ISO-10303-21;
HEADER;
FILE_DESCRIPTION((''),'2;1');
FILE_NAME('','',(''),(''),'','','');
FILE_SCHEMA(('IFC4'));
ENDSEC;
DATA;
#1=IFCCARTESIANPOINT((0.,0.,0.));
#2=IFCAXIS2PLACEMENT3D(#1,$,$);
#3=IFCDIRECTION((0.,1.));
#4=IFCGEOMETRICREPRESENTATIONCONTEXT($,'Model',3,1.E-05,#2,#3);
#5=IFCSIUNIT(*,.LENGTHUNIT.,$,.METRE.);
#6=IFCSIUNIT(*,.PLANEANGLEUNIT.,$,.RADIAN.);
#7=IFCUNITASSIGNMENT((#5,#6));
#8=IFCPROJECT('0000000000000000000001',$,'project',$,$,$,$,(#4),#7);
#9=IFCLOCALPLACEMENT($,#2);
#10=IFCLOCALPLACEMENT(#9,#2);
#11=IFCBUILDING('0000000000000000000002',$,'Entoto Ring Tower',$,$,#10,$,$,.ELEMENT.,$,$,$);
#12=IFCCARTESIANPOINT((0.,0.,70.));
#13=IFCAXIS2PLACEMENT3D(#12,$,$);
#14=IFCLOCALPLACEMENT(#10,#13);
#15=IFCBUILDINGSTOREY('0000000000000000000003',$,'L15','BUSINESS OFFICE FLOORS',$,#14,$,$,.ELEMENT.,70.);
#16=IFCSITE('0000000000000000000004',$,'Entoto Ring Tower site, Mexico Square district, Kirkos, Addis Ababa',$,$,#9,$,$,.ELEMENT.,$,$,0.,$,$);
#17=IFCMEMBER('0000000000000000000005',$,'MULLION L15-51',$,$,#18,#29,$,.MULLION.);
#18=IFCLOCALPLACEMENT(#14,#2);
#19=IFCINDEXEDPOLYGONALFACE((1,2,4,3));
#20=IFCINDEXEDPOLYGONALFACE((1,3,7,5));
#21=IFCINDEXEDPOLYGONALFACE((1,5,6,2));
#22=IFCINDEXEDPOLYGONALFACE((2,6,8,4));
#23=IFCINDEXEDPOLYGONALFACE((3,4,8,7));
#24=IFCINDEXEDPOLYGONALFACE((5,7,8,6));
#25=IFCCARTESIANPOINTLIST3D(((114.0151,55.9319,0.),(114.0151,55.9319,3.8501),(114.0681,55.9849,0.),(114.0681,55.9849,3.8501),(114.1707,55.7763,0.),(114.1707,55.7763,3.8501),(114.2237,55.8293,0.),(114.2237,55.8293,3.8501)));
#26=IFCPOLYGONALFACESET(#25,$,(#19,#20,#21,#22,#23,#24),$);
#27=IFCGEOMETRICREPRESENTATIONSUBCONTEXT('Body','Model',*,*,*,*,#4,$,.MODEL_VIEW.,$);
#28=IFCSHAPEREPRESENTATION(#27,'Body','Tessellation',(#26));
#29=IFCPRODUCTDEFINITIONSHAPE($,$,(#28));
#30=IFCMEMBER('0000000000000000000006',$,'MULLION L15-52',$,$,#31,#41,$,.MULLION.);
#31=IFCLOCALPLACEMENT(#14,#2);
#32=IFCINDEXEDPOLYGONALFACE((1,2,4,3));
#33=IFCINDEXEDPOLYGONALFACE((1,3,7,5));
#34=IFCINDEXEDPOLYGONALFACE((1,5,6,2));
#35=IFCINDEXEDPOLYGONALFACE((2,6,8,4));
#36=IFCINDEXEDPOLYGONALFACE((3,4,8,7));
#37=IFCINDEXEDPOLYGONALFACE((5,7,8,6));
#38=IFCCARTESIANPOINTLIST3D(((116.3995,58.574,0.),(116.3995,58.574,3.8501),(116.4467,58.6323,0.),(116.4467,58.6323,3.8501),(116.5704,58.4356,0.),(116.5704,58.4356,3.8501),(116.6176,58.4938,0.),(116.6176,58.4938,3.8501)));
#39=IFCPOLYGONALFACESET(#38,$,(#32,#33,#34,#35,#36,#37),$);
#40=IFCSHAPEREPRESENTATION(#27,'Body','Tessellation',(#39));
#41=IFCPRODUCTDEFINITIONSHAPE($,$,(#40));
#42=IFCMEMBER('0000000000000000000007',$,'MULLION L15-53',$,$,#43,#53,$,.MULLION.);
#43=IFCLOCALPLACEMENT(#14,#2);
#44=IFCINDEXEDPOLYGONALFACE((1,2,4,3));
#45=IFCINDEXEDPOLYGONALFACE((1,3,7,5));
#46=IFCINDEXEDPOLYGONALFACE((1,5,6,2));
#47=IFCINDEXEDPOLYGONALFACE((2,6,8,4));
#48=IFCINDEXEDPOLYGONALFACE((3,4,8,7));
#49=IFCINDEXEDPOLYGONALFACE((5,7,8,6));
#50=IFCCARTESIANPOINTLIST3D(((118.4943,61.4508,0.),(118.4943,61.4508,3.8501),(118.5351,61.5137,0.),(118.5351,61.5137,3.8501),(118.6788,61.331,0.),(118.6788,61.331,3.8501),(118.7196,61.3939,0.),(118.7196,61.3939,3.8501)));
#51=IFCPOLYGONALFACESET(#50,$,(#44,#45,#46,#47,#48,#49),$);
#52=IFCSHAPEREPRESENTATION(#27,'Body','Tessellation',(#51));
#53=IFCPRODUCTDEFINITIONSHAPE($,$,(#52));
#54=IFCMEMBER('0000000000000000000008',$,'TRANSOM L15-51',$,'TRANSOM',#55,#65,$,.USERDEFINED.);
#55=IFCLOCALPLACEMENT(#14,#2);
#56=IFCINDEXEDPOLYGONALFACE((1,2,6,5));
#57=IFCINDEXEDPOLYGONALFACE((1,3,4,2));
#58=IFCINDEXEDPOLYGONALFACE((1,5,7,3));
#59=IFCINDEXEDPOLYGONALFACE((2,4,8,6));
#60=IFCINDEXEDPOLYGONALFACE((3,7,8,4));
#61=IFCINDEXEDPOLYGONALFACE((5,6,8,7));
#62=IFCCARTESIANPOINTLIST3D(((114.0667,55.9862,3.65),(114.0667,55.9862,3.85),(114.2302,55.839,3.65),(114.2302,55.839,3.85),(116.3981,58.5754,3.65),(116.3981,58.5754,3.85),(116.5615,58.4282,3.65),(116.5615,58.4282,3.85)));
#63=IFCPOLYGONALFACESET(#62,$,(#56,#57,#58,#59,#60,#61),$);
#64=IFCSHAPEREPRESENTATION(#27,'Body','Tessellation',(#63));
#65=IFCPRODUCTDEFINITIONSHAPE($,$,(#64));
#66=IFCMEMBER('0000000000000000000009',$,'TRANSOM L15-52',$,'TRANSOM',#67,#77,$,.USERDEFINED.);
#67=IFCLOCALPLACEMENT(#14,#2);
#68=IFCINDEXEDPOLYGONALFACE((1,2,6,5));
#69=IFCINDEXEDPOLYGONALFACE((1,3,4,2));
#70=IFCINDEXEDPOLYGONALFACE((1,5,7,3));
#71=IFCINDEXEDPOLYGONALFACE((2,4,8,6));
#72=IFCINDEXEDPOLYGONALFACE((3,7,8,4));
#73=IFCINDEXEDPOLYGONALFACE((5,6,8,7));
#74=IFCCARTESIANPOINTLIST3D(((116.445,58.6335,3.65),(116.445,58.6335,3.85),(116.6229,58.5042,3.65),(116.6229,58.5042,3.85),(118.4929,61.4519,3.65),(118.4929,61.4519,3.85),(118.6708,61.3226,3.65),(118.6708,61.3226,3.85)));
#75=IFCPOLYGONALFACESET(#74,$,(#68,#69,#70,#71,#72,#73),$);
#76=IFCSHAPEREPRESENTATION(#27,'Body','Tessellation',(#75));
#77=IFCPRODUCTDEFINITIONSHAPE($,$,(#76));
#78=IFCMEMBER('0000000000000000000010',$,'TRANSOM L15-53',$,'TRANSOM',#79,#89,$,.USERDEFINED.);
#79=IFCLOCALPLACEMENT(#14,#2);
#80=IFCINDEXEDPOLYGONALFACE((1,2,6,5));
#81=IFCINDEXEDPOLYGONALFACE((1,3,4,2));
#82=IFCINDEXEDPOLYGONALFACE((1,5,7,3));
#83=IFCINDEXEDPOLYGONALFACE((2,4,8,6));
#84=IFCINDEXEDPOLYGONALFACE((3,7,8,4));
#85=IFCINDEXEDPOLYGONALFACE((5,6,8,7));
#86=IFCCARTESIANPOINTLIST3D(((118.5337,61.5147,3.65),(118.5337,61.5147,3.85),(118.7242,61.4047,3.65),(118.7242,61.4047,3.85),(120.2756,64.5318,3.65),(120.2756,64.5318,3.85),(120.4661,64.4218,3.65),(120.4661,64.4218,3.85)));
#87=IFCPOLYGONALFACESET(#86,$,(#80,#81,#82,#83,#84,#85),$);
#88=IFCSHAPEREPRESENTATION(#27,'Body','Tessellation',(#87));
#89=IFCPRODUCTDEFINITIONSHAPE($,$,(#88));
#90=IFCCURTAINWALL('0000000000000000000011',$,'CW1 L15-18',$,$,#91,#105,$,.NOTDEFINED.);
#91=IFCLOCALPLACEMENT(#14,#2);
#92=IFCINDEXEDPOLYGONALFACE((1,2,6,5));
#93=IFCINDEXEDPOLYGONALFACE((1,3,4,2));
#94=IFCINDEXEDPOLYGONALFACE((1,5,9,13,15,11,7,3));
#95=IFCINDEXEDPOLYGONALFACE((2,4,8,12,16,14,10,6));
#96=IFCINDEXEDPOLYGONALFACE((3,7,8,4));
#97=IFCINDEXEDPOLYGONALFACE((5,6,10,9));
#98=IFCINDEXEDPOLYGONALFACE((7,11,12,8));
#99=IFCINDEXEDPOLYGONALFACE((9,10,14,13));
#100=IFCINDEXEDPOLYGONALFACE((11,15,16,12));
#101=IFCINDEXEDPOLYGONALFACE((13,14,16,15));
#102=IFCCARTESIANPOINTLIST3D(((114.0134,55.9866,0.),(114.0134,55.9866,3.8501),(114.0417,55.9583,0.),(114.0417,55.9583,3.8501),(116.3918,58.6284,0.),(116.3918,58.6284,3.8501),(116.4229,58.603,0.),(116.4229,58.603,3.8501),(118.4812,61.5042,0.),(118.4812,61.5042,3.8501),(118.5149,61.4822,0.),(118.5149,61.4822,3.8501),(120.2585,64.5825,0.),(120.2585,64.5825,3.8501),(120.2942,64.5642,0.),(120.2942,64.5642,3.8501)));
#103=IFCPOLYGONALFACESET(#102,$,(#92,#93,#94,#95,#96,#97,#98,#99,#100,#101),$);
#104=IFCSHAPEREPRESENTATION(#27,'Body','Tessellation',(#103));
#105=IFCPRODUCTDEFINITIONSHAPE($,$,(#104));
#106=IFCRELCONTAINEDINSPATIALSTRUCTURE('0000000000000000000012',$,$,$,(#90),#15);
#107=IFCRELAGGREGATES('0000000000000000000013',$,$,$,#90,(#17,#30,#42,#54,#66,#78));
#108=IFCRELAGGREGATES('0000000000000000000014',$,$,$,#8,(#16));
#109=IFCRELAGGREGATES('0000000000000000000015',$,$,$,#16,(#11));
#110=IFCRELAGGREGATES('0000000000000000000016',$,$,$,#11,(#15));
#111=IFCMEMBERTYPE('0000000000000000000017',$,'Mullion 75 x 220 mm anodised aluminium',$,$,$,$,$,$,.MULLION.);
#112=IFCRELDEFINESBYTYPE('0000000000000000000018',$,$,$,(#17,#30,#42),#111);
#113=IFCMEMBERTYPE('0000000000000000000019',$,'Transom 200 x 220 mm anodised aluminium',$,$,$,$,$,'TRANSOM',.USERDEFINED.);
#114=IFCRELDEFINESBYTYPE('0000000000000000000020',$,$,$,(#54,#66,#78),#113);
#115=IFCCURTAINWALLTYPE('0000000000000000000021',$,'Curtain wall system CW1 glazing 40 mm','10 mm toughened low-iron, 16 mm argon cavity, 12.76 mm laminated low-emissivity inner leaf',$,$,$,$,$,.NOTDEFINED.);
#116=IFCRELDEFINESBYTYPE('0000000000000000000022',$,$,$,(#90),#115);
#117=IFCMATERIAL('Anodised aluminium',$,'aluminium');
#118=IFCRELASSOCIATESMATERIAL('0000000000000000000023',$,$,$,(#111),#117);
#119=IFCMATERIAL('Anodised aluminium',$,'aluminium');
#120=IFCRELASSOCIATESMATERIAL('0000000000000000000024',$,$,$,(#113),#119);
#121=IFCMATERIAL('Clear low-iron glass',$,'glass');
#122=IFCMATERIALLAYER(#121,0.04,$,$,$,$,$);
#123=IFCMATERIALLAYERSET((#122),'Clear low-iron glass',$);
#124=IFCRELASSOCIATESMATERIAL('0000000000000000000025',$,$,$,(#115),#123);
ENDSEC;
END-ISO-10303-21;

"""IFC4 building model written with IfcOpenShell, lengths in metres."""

from ifc_helpers import new_model, si_unit, direction, frame, origin, origin_2d, place, context, subcontext, project, spatial, polyline, rectangle, outline, extrude, material, layer, layer_set, material_profile, profile_set, type_object, element, aggregate, save


model = new_model("IFC4")

# Units and contexts
model_context = context("Model", 3, precision=1e-05, world=origin(), true_north=direction((0.0, 1.0)))
body_context = subcontext(model_context, "Body", "Model", "MODEL_VIEW")
ifc_project = project(units=[si_unit("LENGTHUNIT", "METRE"), si_unit("PLANEANGLEUNIT", "RADIAN")], contexts=[model_context])

# Members
ifc_material_1 = material(Name="Anodised aluminium", Category="aluminium")
ifc_material_profile_1 = material_profile(ifc_material_1, rectangle(XDim=0.075, YDim=0.22, at=origin_2d()), Name="Mullion 75 x 220 mm anodised aluminium")
ifc_profile_set_1 = profile_set([ifc_material_profile_1], Name="Anodised aluminium")
member_type_1 = type_object("IfcMemberType", Name="Mullion 75 x 220 mm anodised aluminium", PredefinedType="MULLION", material=ifc_profile_set_1)
site_placement = place(None, origin())
building_placement = place(site_placement, origin())
storey_placement = place(building_placement, frame((0.0, 0.0, 70.0)))
member_1_placement = place(storey_placement, frame((114.1194, 55.8806, 0.0), z_axis=(0.0, 0.0, 1.0), x_axis=(0.707107, 0.707107, 0.0)))
member_1 = element("IfcMember", 1, at=member_1_placement, type_object=member_type_1, Name="MULLION L15-51", PredefinedType="MULLION", context=body_context, shape_type="SweptSolid", body=[
    extrude(rectangle(XDim=0.075, YDim=0.22, at=origin_2d()), origin(), (0.0, 0.0, 1.0), 3.8501),
])
member_2_placement = place(storey_placement, frame((116.5085, 58.5339, 0.0), z_axis=(0.0, 0.0, 1.0), x_axis=(0.62932, 0.777146, 0.0)))
member_2 = element("IfcMember", 2, at=member_2_placement, type_object=member_type_1, Name="MULLION L15-52", PredefinedType="MULLION", context=body_context, shape_type="SweptSolid", body=[
    extrude(rectangle(XDim=0.075, YDim=0.22, at=origin_2d()), origin(), (0.0, 0.0, 1.0), 3.8501),
])
member_3_placement = place(storey_placement, frame((118.6069, 61.4224, 0.0), z_axis=(0.0, 0.0, 1.0), x_axis=(0.544639, 0.838671, 0.0)))
member_3 = element("IfcMember", 3, at=member_3_placement, type_object=member_type_1, Name="MULLION L15-53", PredefinedType="MULLION", context=body_context, shape_type="SweptSolid", body=[
    extrude(rectangle(XDim=0.075, YDim=0.22, at=origin_2d()), origin(), (0.0, 0.0, 1.0), 3.8501),
])
ifc_material_2 = material(Name="Anodised aluminium", Category="aluminium")
ifc_material_profile_2 = material_profile(ifc_material_2, rectangle(XDim=0.22, YDim=0.2, at=origin_2d()), Name="Transom 200 x 220 mm anodised aluminium")
ifc_profile_set_2 = profile_set([ifc_material_profile_2], Name="Anodised aluminium")
member_type_2 = type_object("IfcMemberType", Name="Transom 200 x 220 mm anodised aluminium", ElementType="TRANSOM", PredefinedType="USERDEFINED", material=ifc_profile_set_2)
member_4_placement = place(storey_placement, frame((114.1484, 55.9126, 3.75), z_axis=(0.669139, 0.743137, 0.0), x_axis=(-0.743137, 0.669139, 0.0)))
member_4 = element("IfcMember", 4, at=member_4_placement, type_object=member_type_2, Name="TRANSOM L15-51", ObjectType="TRANSOM", PredefinedType="USERDEFINED", context=body_context, shape_type="SweptSolid", body=[
    extrude(rectangle(XDim=0.22, YDim=0.2, at=origin_2d()), origin(), (0.0, 0.0, 1.0), 3.4841),
])
member_5_placement = place(storey_placement, frame((116.5339, 58.5688, 3.75), z_axis=(0.587822, 0.808991, 0.0), x_axis=(-0.808991, 0.587822, 0.0)))
member_5 = element("IfcMember", 5, at=member_5_placement, type_object=member_type_2, Name="TRANSOM L15-52", ObjectType="TRANSOM", PredefinedType="USERDEFINED", context=body_context, shape_type="SweptSolid", body=[
    extrude(rectangle(XDim=0.22, YDim=0.2, at=origin_2d()), origin(), (0.0, 0.0, 1.0), 3.4839),
])
member_6_placement = place(storey_placement, frame((118.6289, 61.4597, 3.75), z_axis=(0.500006, 0.866022, 0.0), x_axis=(-0.866022, 0.500006, 0.0)))
member_6 = element("IfcMember", 6, at=member_6_placement, type_object=member_type_2, Name="TRANSOM L15-53", ObjectType="TRANSOM", PredefinedType="USERDEFINED", context=body_context, shape_type="SweptSolid", body=[
    extrude(rectangle(XDim=0.22, YDim=0.2, at=origin_2d()), origin(), (0.0, 0.0, 1.0), 3.4839),
])

# Site, building, storey
site = spatial("IfcSite", under=ifc_project, at=site_placement, Name="Entoto Ring Tower site, Mexico Square district, Kirkos, Addis Ababa", CompositionType="ELEMENT", RefElevation=0.0)
building = spatial("IfcBuilding", under=site, at=building_placement, Name="Entoto Ring Tower", CompositionType="ELEMENT")
storey = spatial("IfcBuildingStorey", under=building, at=storey_placement, Name="L15", Description="BUSINESS OFFICE FLOORS", CompositionType="ELEMENT", Elevation=70.0)

# Curtain wall
ifc_material_3 = material(Name="Clear low-iron glass", Category="glass")
ifc_layer_1 = layer(ifc_material_3, 0.04)
ifc_layer_set_1 = layer_set([ifc_layer_1], Name="Clear low-iron glass")
curtain_wall_type = type_object("IfcCurtainWallType", Name="Curtain wall system CW1 glazing 40 mm", Description="10 mm toughened low-iron, 16 mm argon cavity, 12.76 mm laminated low-emissivity inner leaf", PredefinedType="NOTDEFINED", material=ifc_layer_set_1)
curtain_wall_1_placement = place(storey_placement, origin())
curtain_wall_1 = element("IfcCurtainWall", 7, at=curtain_wall_1_placement, inside=storey, type_object=curtain_wall_type, Name="CW1 L15-18", PredefinedType="NOTDEFINED", context=body_context, shape_type="SweptSolid", body=[
    extrude(outline(polyline([(114.0417, 55.9583), (116.4229, 58.603), (118.5149, 61.4822), (120.2942, 64.5642), (120.2585, 64.5825), (118.4812, 61.5042), (116.3918, 58.6284), (114.0134, 55.9866), (114.0417, 55.9583)])), origin(), (0.0, 0.0, 1.0), 3.8501),
])
aggregate(curtain_wall_1, [member_1, member_2, member_3, member_4, member_5, member_6])

save(model, "model.ifc")
